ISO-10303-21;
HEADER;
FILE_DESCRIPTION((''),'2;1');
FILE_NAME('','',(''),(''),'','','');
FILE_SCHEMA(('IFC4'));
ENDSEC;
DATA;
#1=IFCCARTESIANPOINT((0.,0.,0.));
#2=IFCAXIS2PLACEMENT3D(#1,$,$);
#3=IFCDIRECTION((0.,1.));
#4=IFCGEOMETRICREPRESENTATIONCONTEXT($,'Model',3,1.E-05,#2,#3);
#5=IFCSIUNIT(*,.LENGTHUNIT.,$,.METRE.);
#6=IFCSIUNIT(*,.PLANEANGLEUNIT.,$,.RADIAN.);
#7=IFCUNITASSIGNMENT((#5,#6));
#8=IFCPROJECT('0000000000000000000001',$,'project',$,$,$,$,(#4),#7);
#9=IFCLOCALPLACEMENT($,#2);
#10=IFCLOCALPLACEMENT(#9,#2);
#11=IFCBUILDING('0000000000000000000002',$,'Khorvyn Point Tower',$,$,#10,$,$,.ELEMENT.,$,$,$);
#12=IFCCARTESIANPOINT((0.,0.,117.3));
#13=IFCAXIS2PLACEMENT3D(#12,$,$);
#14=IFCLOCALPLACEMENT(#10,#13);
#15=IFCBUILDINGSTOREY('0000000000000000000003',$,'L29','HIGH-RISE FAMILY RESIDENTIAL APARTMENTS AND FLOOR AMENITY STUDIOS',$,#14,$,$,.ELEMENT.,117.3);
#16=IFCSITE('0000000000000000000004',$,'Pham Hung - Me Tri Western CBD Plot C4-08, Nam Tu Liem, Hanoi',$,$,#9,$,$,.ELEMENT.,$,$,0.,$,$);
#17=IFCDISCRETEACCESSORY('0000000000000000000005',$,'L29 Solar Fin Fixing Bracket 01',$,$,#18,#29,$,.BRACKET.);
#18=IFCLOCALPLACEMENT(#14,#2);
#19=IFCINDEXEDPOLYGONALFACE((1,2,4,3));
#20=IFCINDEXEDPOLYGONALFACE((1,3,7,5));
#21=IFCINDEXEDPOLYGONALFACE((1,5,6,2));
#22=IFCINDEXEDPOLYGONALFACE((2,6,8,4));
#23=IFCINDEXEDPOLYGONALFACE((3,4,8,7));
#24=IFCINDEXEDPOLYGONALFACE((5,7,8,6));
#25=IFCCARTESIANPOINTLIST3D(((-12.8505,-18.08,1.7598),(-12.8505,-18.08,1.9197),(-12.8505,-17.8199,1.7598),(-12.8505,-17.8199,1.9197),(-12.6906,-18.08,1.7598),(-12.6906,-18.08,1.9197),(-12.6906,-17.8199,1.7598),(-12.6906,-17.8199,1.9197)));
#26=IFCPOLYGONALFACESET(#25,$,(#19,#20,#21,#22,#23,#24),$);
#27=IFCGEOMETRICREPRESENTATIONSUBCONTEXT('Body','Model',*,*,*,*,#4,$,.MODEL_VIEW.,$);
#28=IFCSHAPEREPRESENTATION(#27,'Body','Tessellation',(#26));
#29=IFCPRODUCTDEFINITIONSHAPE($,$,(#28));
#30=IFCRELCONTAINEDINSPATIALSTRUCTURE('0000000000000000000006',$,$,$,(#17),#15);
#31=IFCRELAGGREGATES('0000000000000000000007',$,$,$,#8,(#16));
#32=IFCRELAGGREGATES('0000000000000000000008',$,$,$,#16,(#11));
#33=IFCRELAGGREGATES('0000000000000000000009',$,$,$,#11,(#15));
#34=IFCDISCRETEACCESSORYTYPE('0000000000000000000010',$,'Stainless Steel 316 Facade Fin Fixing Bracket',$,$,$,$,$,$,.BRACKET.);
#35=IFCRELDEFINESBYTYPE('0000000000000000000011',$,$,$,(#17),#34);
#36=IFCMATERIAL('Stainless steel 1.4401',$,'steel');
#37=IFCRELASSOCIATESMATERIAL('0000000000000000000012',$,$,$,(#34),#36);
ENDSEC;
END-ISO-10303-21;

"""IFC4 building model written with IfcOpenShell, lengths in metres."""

from ifc_helpers import new_model, si_unit, direction, frame, origin, origin_2d, place, context, subcontext, project, spatial, rectangle, extrude, material, type_object, element, save


model = new_model("IFC4")

# Units and contexts
model_context = context("Model", 3, precision=1e-05, world=origin(), true_north=direction((0.0, 1.0)))
body_context = subcontext(model_context, "Body", "Model", "MODEL_VIEW")
ifc_project = project(units=[si_unit("LENGTHUNIT", "METRE"), si_unit("PLANEANGLEUNIT", "RADIAN")], contexts=[model_context])

# Site, building, storey
site_placement = place(None, origin())
site = spatial("IfcSite", under=ifc_project, at=site_placement, Name="Pham Hung - Me Tri Western CBD Plot C4-08, Nam Tu Liem, Hanoi", CompositionType="ELEMENT", RefElevation=0.0)
building_placement = place(site_placement, origin())
building = spatial("IfcBuilding", under=site, at=building_placement, Name="Khorvyn Point Tower", CompositionType="ELEMENT")
storey_placement = place(building_placement, frame((0.0, 0.0, 117.3)))
storey = spatial("IfcBuildingStorey", under=building, at=storey_placement, Name="L29", Description="HIGH-RISE FAMILY RESIDENTIAL APARTMENTS AND FLOOR AMENITY STUDIOS", CompositionType="ELEMENT", Elevation=117.3)

# Discrete accessory
ifc_material_1 = material(Name="Stainless steel 1.4401", Category="steel")
discrete_accessory_type = type_object("IfcDiscreteAccessoryType", Name="Stainless Steel 316 Facade Fin Fixing Bracket", PredefinedType="BRACKET", material=ifc_material_1)
discrete_accessory_placement = place(storey_placement, frame((-12.7705, -17.95, 1.7598), z_axis=(0.0, 0.0, 1.0), x_axis=(-1.0, 0.0, 0.0)))
element("IfcDiscreteAccessory", 1, at=discrete_accessory_placement, inside=storey, type_object=discrete_accessory_type, Name="L29 Solar Fin Fixing Bracket 01", PredefinedType="BRACKET", context=body_context, shape_type="SweptSolid", body=[
    extrude(rectangle(XDim=0.1599, YDim=0.26, at=origin_2d()), origin(), (0.0, 0.0, 1.0), 0.1599),
])

save(model, "model.ifc")
